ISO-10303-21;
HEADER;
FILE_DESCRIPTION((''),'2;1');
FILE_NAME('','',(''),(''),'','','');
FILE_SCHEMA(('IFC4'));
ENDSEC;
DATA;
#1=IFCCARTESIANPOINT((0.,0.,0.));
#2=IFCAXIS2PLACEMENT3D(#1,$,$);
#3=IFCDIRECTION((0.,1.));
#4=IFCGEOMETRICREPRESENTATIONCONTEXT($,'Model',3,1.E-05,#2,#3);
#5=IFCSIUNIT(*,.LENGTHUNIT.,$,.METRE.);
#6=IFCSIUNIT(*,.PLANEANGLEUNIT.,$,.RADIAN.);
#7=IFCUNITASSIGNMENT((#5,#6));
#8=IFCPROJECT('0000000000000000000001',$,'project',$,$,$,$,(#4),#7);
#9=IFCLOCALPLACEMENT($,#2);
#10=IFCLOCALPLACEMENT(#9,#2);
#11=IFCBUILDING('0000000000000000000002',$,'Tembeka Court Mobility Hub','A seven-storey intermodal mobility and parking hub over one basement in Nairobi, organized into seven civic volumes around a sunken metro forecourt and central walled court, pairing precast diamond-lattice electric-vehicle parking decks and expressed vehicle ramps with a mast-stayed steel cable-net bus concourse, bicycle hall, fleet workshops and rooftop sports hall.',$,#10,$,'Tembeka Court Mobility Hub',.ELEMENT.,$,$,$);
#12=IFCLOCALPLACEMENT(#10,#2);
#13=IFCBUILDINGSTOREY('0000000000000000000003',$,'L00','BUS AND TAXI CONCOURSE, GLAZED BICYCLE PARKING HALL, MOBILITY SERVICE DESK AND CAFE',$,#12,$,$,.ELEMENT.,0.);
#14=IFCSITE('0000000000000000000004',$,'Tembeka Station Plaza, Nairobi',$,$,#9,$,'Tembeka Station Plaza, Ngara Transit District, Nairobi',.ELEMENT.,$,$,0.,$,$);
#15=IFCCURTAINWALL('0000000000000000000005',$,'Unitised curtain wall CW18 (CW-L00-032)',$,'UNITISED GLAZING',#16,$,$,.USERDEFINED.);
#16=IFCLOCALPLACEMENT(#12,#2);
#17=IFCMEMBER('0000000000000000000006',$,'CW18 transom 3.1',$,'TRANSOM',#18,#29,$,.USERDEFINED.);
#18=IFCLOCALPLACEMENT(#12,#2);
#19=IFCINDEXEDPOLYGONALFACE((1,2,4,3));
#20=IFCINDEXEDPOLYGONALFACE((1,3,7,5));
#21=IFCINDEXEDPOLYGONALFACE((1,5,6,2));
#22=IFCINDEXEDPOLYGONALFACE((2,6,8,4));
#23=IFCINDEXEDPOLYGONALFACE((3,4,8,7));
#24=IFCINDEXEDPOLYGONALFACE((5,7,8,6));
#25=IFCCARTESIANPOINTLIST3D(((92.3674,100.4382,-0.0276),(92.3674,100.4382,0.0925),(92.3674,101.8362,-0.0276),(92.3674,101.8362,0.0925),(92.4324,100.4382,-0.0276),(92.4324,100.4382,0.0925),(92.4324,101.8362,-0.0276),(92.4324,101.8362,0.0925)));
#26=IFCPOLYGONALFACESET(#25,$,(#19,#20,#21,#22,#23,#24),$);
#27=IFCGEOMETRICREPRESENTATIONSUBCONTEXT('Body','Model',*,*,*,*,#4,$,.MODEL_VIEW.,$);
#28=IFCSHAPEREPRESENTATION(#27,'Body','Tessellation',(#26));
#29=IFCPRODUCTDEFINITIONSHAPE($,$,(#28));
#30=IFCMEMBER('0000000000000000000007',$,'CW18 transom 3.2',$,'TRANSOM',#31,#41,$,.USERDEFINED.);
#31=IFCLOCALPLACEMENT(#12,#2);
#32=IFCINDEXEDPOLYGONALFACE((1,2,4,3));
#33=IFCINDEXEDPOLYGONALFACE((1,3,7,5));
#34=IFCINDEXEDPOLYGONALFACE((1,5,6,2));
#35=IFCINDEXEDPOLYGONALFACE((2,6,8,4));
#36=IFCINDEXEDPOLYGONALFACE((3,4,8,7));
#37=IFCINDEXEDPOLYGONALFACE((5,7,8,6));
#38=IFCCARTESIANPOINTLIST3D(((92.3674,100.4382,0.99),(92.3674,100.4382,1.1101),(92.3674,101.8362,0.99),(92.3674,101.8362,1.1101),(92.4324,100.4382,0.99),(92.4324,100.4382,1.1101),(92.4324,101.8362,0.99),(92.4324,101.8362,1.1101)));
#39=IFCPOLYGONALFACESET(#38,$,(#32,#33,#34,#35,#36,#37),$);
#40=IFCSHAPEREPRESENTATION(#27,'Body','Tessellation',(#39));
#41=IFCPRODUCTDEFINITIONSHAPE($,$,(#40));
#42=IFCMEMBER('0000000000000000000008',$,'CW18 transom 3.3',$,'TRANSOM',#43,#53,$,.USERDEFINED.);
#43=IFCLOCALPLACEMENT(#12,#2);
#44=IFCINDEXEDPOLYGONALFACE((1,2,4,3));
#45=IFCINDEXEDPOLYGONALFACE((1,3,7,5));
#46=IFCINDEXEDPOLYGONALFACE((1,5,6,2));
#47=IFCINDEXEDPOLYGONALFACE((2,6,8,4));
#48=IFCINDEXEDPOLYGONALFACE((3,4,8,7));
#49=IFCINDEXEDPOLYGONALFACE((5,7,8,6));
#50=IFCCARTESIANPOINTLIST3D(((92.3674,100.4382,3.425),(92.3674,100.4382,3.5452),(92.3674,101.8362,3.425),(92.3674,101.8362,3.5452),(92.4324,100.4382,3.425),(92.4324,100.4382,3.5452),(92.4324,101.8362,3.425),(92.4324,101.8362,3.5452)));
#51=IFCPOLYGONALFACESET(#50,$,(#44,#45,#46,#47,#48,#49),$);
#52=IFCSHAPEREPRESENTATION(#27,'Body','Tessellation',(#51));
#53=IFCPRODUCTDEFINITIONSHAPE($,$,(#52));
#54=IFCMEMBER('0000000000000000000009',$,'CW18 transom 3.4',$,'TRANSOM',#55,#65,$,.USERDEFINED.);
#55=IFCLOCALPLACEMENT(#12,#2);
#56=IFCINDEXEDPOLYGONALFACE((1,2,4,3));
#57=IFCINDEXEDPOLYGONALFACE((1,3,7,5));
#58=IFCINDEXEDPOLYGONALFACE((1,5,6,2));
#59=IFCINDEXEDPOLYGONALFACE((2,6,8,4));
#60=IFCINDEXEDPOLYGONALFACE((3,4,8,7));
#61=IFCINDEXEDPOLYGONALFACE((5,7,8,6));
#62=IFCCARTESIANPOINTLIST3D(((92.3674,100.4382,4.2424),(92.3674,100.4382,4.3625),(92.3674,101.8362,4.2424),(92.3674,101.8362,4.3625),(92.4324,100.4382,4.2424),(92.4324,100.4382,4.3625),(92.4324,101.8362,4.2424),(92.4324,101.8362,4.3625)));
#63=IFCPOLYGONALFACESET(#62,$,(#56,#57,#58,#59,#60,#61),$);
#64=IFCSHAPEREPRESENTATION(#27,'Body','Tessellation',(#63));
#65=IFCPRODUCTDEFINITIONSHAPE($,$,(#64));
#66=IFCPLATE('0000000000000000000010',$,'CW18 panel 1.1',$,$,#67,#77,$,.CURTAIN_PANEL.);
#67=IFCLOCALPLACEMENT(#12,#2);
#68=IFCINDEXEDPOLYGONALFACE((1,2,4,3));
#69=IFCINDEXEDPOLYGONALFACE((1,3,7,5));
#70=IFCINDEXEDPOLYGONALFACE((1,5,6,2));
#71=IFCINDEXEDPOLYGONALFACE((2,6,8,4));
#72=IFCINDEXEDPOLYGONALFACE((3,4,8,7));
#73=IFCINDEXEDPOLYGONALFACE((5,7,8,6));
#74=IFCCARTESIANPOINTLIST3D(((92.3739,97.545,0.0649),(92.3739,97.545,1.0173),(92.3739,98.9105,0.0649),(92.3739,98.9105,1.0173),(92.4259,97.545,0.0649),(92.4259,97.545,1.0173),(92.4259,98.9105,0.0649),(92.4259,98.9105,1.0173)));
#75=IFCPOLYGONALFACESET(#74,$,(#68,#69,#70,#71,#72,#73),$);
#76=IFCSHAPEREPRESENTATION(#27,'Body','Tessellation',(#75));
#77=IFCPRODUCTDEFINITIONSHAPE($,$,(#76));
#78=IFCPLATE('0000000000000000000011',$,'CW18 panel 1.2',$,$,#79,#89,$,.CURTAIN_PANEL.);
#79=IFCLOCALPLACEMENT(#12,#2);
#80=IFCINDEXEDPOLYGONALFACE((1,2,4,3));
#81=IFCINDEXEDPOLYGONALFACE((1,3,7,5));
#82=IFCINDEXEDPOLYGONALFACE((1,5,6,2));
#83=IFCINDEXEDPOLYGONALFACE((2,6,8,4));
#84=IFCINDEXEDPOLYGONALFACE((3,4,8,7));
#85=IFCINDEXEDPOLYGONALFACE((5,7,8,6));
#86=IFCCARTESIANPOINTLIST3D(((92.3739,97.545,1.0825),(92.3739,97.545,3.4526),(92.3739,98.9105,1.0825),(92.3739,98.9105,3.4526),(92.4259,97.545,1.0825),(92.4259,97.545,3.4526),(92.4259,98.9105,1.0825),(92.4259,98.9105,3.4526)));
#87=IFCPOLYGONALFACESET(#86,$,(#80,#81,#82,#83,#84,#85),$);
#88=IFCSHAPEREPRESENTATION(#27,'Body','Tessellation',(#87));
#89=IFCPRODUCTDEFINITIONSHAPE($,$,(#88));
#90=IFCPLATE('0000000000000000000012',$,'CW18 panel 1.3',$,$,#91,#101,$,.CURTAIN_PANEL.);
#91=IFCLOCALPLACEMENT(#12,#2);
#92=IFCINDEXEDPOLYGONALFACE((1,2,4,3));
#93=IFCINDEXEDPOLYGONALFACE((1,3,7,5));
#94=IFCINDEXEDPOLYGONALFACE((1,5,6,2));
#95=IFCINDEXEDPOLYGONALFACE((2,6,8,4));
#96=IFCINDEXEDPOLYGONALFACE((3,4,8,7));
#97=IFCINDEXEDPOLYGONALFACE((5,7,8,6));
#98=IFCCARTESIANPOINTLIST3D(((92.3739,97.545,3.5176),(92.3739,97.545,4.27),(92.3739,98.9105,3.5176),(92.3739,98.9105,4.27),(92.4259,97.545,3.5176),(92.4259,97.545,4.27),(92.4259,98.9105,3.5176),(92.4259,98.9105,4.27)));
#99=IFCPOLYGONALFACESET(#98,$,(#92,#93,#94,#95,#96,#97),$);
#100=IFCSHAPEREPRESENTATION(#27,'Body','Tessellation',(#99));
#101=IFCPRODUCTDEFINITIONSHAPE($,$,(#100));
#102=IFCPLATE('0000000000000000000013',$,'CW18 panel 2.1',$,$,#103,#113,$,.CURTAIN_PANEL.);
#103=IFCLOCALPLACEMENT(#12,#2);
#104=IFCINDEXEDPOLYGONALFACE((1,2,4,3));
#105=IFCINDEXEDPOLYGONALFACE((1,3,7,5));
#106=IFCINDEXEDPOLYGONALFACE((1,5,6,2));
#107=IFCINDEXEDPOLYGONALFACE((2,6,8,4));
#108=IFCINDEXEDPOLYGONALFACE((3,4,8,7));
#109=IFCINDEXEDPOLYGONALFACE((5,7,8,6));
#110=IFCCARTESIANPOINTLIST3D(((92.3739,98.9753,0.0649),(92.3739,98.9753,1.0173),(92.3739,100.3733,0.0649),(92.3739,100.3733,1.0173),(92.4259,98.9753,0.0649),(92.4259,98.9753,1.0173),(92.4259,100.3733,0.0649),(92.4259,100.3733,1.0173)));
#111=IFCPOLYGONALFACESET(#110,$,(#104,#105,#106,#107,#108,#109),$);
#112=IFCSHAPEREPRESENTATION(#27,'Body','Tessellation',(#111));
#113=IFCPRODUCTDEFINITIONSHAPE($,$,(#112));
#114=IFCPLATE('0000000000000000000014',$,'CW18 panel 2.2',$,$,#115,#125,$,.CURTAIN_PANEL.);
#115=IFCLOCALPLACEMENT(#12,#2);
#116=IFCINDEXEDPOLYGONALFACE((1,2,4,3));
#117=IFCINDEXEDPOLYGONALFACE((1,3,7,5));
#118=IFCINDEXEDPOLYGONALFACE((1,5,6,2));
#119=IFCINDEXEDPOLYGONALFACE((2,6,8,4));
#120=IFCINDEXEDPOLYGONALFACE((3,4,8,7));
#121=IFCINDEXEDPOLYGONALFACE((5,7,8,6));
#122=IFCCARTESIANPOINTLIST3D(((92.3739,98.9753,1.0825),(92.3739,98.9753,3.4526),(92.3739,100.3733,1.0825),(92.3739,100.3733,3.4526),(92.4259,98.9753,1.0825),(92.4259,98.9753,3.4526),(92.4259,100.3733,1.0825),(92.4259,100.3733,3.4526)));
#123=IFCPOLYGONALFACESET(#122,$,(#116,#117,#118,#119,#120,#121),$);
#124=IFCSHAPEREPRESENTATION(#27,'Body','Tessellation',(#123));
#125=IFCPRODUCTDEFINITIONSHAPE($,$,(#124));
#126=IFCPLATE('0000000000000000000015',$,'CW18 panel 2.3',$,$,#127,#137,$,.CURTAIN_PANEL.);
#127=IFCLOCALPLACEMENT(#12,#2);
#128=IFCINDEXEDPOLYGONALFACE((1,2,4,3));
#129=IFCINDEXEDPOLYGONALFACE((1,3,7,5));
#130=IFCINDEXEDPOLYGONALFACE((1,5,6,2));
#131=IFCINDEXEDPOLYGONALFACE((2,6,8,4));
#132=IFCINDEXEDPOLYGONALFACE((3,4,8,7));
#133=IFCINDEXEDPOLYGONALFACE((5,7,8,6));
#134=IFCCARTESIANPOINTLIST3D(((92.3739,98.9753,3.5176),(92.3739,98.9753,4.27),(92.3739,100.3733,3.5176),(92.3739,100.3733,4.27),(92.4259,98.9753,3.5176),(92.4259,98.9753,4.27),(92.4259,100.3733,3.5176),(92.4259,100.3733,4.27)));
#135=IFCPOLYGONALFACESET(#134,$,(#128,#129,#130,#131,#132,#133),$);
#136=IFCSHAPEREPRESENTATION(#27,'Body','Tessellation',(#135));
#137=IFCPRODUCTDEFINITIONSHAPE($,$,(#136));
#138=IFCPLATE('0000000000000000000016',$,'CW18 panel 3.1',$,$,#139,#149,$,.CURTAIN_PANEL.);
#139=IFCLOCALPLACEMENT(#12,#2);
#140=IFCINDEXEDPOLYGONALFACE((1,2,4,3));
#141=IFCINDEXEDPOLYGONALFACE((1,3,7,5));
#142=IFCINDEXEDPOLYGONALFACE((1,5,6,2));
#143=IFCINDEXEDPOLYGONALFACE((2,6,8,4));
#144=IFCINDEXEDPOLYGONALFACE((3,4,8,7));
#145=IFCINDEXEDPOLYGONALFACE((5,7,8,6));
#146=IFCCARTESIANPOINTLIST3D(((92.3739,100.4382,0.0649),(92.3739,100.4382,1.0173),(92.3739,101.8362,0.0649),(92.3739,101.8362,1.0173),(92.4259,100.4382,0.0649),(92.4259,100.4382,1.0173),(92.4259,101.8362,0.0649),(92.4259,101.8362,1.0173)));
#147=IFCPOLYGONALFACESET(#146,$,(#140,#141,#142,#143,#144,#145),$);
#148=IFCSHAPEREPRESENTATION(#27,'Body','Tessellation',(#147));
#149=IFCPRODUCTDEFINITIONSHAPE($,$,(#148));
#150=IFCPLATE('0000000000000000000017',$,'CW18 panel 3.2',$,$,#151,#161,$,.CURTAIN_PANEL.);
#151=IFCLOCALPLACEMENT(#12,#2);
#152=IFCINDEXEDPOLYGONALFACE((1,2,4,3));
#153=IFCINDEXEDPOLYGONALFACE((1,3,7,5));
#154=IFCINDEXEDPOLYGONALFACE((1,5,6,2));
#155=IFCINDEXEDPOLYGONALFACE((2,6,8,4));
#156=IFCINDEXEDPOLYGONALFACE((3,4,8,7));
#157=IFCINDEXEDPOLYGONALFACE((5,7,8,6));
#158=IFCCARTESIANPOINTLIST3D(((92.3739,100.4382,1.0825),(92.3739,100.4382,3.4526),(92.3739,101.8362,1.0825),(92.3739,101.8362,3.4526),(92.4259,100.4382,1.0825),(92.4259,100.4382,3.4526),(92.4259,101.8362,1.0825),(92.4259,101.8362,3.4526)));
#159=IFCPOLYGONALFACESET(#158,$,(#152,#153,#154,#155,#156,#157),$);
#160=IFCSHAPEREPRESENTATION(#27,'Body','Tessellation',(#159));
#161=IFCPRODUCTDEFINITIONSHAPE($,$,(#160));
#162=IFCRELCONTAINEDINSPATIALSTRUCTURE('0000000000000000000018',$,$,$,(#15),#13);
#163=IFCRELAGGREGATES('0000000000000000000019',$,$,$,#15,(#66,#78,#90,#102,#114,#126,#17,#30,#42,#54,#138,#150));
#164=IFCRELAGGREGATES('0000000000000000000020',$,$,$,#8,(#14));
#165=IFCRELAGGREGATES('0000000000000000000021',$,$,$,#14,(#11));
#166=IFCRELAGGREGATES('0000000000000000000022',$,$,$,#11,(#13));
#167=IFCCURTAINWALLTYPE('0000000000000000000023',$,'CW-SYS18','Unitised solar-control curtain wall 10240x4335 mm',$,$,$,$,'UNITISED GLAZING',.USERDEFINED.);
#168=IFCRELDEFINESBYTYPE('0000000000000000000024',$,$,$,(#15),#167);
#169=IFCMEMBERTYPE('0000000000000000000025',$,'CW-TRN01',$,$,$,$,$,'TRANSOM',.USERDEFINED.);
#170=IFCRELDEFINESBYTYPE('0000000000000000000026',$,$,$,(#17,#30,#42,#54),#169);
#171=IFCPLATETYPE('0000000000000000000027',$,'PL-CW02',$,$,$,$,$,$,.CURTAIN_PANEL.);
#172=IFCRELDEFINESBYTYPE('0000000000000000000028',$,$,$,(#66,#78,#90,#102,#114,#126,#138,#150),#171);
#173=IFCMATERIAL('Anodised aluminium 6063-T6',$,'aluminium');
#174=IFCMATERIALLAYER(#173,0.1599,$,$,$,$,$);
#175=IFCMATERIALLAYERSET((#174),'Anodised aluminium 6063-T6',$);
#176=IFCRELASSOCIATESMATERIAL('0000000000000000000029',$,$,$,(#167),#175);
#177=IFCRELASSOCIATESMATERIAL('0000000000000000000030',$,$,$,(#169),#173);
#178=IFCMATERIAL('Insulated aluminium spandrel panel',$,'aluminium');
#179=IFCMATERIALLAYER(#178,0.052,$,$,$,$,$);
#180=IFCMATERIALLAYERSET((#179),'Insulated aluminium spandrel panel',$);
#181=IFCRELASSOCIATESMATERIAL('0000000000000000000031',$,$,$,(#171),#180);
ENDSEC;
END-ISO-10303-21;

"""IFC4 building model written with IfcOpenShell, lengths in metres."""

from ifc_helpers import new_model, si_unit, direction, frame, origin, origin_2d, place, context, subcontext, project, spatial, rectangle, extrude, material, layer, layer_set, material_profile, profile_set, type_object, element, aggregate, save


model = new_model("IFC4")

# Units and contexts
model_context = context("Model", 3, precision=1e-05, world=origin(), true_north=direction((0.0, 1.0)))
body_context = subcontext(model_context, "Body", "Model", "MODEL_VIEW")
ifc_project = project(units=[si_unit("LENGTHUNIT", "METRE"), si_unit("PLANEANGLEUNIT", "RADIAN")], contexts=[model_context])

# Site, building, storey
site_placement = place(None, origin())
site = spatial("IfcSite", under=ifc_project, at=site_placement, Name="Tembeka Station Plaza, Nairobi", LongName="Tembeka Station Plaza, Ngara Transit District, Nairobi", CompositionType="ELEMENT", RefElevation=0.0)
building_placement = place(site_placement, origin())
building = spatial("IfcBuilding", under=site, at=building_placement, Name="Tembeka Court Mobility Hub", Description="A seven-storey intermodal mobility and parking hub over one basement in Nairobi, organized into seven civic volumes around a sunken metro forecourt and central walled court, pairing precast diamond-lattice electric-vehicle parking decks and expressed vehicle ramps with a mast-stayed steel cable-net bus concourse, bicycle hall, fleet workshops and rooftop sports hall.", LongName="Tembeka Court Mobility Hub", CompositionType="ELEMENT")
storey_placement = place(building_placement, origin())
storey = spatial("IfcBuildingStorey", under=building, at=storey_placement, Name="L00", Description="BUS AND TAXI CONCOURSE, GLAZED BICYCLE PARKING HALL, MOBILITY SERVICE DESK AND CAFE", CompositionType="ELEMENT", Elevation=0.0)

# Curtain wall, members, plates
ifc_material_1 = material(Name="Anodised aluminium 6063-T6", Category="aluminium")
ifc_layer_1 = layer(ifc_material_1, 0.1599)
ifc_layer_set_1 = layer_set([ifc_layer_1], Name="Anodised aluminium 6063-T6")
curtain_wall_type = type_object("IfcCurtainWallType", Name="CW-SYS18", Description="Unitised solar-control curtain wall 10240x4335 mm", ElementType="UNITISED GLAZING", PredefinedType="USERDEFINED", material=ifc_layer_set_1)
curtain_wall_placement = place(storey_placement, origin())
curtain_wall = element("IfcCurtainWall", 1, at=curtain_wall_placement, inside=storey, type_object=curtain_wall_type, Name="Unitised curtain wall CW18 (CW-L00-032)", ObjectType="UNITISED GLAZING", PredefinedType="USERDEFINED")
ifc_material_profile_1 = material_profile(ifc_material_1, rectangle(XDim=0.0649, YDim=0.1201, at=origin_2d()), Name="ALU-TRN 65x120")
ifc_profile_set_1 = profile_set([ifc_material_profile_1], Name="Anodised aluminium 6063-T6")
member_type_1 = type_object("IfcMemberType", Name="CW-TRN01", ElementType="TRANSOM", PredefinedType="USERDEFINED", material=ifc_profile_set_1)
member_1_placement = place(storey_placement, frame((92.3999, 100.4382, 0.0325), z_axis=(0.0, 1.0, 0.0), x_axis=(-1.0, 0.0, 0.0)))
member_1 = element("IfcMember", 2, at=member_1_placement, type_object=member_type_1, Name="CW18 transom 3.1", ObjectType="TRANSOM", PredefinedType="USERDEFINED", context=body_context, shape_type="SweptSolid", body=[
    extrude(rectangle(XDim=0.0649, YDim=0.1201, at=origin_2d()), origin(), (0.0, 0.0, 1.0), 1.3979),
])
member_2_placement = place(storey_placement, frame((92.3999, 100.4382, 1.05), z_axis=(0.0, 1.0, 0.0), x_axis=(-1.0, 0.0, 0.0)))
member_2 = element("IfcMember", 3, at=member_2_placement, type_object=member_type_1, Name="CW18 transom 3.2", ObjectType="TRANSOM", PredefinedType="USERDEFINED", context=body_context, shape_type="SweptSolid", body=[
    extrude(rectangle(XDim=0.0649, YDim=0.1201, at=origin_2d()), origin(), (0.0, 0.0, 1.0), 1.3979),
])
member_3_placement = place(storey_placement, frame((92.3999, 100.4382, 3.4851), z_axis=(0.0, 1.0, 0.0), x_axis=(-1.0, 0.0, 0.0)))
member_3 = element("IfcMember", 4, at=member_3_placement, type_object=member_type_1, Name="CW18 transom 3.3", ObjectType="TRANSOM", PredefinedType="USERDEFINED", context=body_context, shape_type="SweptSolid", body=[
    extrude(rectangle(XDim=0.0649, YDim=0.1201, at=origin_2d()), origin(), (0.0, 0.0, 1.0), 1.3979),
])
member_4_placement = place(storey_placement, frame((92.3999, 100.4382, 4.3025), z_axis=(0.0, 1.0, 0.0), x_axis=(-1.0, 0.0, 0.0)))
member_4 = element("IfcMember", 5, at=member_4_placement, type_object=member_type_1, Name="CW18 transom 3.4", ObjectType="TRANSOM", PredefinedType="USERDEFINED", context=body_context, shape_type="SweptSolid", body=[
    extrude(rectangle(XDim=0.0649, YDim=0.1201, at=origin_2d()), origin(), (0.0, 0.0, 1.0), 1.3979),
])
ifc_material_2 = material(Name="Insulated aluminium spandrel panel", Category="aluminium")
ifc_layer_2 = layer(ifc_material_2, 0.052)
ifc_layer_set_2 = layer_set([ifc_layer_2], Name="Insulated aluminium spandrel panel")
plate_type = type_object("IfcPlateType", Name="PL-CW02", PredefinedType="CURTAIN_PANEL", material=ifc_layer_set_2)
plate_1_placement = place(storey_placement, frame((92.3999, 98.2278, 0.0649), z_axis=(0.0, 0.0, 1.0), x_axis=(0.0, 1.0, 0.0)))
plate_1 = element("IfcPlate", 6, at=plate_1_placement, type_object=plate_type, Name="CW18 panel 1.1", PredefinedType="CURTAIN_PANEL", context=body_context, shape_type="SweptSolid", body=[
    extrude(rectangle(XDim=1.3655, YDim=0.052, at=origin_2d()), origin(), (0.0, 0.0, 1.0), 0.9524),
])
plate_2_placement = place(storey_placement, frame((92.3999, 98.2278, 1.0825), z_axis=(0.0, 0.0, 1.0), x_axis=(0.0, 1.0, 0.0)))
plate_2 = element("IfcPlate", 7, at=plate_2_placement, type_object=plate_type, Name="CW18 panel 1.2", PredefinedType="CURTAIN_PANEL", context=body_context, shape_type="SweptSolid", body=[
    extrude(rectangle(XDim=1.3655, YDim=0.052, at=origin_2d()), origin(), (0.0, 0.0, 1.0), 2.3701),
])
plate_3_placement = place(storey_placement, frame((92.3999, 98.2278, 3.5176), z_axis=(0.0, 0.0, 1.0), x_axis=(0.0, 1.0, 0.0)))
plate_3 = element("IfcPlate", 8, at=plate_3_placement, type_object=plate_type, Name="CW18 panel 1.3", PredefinedType="CURTAIN_PANEL", context=body_context, shape_type="SweptSolid", body=[
    extrude(rectangle(XDim=1.3655, YDim=0.052, at=origin_2d()), origin(), (0.0, 0.0, 1.0), 0.7524),
])
plate_4_placement = place(storey_placement, frame((92.3999, 99.6743, 0.0649), z_axis=(0.0, 0.0, 1.0), x_axis=(0.0, 1.0, 0.0)))
plate_4 = element("IfcPlate", 9, at=plate_4_placement, type_object=plate_type, Name="CW18 panel 2.1", PredefinedType="CURTAIN_PANEL", context=body_context, shape_type="SweptSolid", body=[
    extrude(rectangle(XDim=1.3979, YDim=0.052, at=origin_2d()), origin(), (0.0, 0.0, 1.0), 0.9524),
])
plate_5_placement = place(storey_placement, frame((92.3999, 99.6743, 1.0825), z_axis=(0.0, 0.0, 1.0), x_axis=(0.0, 1.0, 0.0)))
plate_5 = element("IfcPlate", 10, at=plate_5_placement, type_object=plate_type, Name="CW18 panel 2.2", PredefinedType="CURTAIN_PANEL", context=body_context, shape_type="SweptSolid", body=[
    extrude(rectangle(XDim=1.3979, YDim=0.052, at=origin_2d()), origin(), (0.0, 0.0, 1.0), 2.3701),
])
plate_6_placement = place(storey_placement, frame((92.3999, 99.6743, 3.5176), z_axis=(0.0, 0.0, 1.0), x_axis=(0.0, 1.0, 0.0)))
plate_6 = element("IfcPlate", 11, at=plate_6_placement, type_object=plate_type, Name="CW18 panel 2.3", PredefinedType="CURTAIN_PANEL", context=body_context, shape_type="SweptSolid", body=[
    extrude(rectangle(XDim=1.3979, YDim=0.052, at=origin_2d()), origin(), (0.0, 0.0, 1.0), 0.7524),
])
plate_7_placement = place(storey_placement, frame((92.3999, 101.1372, 0.0649), z_axis=(0.0, 0.0, 1.0), x_axis=(0.0, 1.0, 0.0)))
plate_7 = element("IfcPlate", 12, at=plate_7_placement, type_object=plate_type, Name="CW18 panel 3.1", PredefinedType="CURTAIN_PANEL", context=body_context, shape_type="SweptSolid", body=[
    extrude(rectangle(XDim=1.3979, YDim=0.052, at=origin_2d()), origin(), (0.0, 0.0, 1.0), 0.9524),
])
plate_8_placement = place(storey_placement, frame((92.3999, 101.1372, 1.0825), z_axis=(0.0, 0.0, 1.0), x_axis=(0.0, 1.0, 0.0)))
plate_8 = element("IfcPlate", 13, at=plate_8_placement, type_object=plate_type, Name="CW18 panel 3.2", PredefinedType="CURTAIN_PANEL", context=body_context, shape_type="SweptSolid", body=[
    extrude(rectangle(XDim=1.3979, YDim=0.052, at=origin_2d()), origin(), (0.0, 0.0, 1.0), 2.3701),
])
aggregate(curtain_wall, [plate_1, plate_2, plate_3, plate_4, plate_5, plate_6, member_1, member_2, member_3, member_4, plate_7, plate_8])

save(model, "model.ifc")
